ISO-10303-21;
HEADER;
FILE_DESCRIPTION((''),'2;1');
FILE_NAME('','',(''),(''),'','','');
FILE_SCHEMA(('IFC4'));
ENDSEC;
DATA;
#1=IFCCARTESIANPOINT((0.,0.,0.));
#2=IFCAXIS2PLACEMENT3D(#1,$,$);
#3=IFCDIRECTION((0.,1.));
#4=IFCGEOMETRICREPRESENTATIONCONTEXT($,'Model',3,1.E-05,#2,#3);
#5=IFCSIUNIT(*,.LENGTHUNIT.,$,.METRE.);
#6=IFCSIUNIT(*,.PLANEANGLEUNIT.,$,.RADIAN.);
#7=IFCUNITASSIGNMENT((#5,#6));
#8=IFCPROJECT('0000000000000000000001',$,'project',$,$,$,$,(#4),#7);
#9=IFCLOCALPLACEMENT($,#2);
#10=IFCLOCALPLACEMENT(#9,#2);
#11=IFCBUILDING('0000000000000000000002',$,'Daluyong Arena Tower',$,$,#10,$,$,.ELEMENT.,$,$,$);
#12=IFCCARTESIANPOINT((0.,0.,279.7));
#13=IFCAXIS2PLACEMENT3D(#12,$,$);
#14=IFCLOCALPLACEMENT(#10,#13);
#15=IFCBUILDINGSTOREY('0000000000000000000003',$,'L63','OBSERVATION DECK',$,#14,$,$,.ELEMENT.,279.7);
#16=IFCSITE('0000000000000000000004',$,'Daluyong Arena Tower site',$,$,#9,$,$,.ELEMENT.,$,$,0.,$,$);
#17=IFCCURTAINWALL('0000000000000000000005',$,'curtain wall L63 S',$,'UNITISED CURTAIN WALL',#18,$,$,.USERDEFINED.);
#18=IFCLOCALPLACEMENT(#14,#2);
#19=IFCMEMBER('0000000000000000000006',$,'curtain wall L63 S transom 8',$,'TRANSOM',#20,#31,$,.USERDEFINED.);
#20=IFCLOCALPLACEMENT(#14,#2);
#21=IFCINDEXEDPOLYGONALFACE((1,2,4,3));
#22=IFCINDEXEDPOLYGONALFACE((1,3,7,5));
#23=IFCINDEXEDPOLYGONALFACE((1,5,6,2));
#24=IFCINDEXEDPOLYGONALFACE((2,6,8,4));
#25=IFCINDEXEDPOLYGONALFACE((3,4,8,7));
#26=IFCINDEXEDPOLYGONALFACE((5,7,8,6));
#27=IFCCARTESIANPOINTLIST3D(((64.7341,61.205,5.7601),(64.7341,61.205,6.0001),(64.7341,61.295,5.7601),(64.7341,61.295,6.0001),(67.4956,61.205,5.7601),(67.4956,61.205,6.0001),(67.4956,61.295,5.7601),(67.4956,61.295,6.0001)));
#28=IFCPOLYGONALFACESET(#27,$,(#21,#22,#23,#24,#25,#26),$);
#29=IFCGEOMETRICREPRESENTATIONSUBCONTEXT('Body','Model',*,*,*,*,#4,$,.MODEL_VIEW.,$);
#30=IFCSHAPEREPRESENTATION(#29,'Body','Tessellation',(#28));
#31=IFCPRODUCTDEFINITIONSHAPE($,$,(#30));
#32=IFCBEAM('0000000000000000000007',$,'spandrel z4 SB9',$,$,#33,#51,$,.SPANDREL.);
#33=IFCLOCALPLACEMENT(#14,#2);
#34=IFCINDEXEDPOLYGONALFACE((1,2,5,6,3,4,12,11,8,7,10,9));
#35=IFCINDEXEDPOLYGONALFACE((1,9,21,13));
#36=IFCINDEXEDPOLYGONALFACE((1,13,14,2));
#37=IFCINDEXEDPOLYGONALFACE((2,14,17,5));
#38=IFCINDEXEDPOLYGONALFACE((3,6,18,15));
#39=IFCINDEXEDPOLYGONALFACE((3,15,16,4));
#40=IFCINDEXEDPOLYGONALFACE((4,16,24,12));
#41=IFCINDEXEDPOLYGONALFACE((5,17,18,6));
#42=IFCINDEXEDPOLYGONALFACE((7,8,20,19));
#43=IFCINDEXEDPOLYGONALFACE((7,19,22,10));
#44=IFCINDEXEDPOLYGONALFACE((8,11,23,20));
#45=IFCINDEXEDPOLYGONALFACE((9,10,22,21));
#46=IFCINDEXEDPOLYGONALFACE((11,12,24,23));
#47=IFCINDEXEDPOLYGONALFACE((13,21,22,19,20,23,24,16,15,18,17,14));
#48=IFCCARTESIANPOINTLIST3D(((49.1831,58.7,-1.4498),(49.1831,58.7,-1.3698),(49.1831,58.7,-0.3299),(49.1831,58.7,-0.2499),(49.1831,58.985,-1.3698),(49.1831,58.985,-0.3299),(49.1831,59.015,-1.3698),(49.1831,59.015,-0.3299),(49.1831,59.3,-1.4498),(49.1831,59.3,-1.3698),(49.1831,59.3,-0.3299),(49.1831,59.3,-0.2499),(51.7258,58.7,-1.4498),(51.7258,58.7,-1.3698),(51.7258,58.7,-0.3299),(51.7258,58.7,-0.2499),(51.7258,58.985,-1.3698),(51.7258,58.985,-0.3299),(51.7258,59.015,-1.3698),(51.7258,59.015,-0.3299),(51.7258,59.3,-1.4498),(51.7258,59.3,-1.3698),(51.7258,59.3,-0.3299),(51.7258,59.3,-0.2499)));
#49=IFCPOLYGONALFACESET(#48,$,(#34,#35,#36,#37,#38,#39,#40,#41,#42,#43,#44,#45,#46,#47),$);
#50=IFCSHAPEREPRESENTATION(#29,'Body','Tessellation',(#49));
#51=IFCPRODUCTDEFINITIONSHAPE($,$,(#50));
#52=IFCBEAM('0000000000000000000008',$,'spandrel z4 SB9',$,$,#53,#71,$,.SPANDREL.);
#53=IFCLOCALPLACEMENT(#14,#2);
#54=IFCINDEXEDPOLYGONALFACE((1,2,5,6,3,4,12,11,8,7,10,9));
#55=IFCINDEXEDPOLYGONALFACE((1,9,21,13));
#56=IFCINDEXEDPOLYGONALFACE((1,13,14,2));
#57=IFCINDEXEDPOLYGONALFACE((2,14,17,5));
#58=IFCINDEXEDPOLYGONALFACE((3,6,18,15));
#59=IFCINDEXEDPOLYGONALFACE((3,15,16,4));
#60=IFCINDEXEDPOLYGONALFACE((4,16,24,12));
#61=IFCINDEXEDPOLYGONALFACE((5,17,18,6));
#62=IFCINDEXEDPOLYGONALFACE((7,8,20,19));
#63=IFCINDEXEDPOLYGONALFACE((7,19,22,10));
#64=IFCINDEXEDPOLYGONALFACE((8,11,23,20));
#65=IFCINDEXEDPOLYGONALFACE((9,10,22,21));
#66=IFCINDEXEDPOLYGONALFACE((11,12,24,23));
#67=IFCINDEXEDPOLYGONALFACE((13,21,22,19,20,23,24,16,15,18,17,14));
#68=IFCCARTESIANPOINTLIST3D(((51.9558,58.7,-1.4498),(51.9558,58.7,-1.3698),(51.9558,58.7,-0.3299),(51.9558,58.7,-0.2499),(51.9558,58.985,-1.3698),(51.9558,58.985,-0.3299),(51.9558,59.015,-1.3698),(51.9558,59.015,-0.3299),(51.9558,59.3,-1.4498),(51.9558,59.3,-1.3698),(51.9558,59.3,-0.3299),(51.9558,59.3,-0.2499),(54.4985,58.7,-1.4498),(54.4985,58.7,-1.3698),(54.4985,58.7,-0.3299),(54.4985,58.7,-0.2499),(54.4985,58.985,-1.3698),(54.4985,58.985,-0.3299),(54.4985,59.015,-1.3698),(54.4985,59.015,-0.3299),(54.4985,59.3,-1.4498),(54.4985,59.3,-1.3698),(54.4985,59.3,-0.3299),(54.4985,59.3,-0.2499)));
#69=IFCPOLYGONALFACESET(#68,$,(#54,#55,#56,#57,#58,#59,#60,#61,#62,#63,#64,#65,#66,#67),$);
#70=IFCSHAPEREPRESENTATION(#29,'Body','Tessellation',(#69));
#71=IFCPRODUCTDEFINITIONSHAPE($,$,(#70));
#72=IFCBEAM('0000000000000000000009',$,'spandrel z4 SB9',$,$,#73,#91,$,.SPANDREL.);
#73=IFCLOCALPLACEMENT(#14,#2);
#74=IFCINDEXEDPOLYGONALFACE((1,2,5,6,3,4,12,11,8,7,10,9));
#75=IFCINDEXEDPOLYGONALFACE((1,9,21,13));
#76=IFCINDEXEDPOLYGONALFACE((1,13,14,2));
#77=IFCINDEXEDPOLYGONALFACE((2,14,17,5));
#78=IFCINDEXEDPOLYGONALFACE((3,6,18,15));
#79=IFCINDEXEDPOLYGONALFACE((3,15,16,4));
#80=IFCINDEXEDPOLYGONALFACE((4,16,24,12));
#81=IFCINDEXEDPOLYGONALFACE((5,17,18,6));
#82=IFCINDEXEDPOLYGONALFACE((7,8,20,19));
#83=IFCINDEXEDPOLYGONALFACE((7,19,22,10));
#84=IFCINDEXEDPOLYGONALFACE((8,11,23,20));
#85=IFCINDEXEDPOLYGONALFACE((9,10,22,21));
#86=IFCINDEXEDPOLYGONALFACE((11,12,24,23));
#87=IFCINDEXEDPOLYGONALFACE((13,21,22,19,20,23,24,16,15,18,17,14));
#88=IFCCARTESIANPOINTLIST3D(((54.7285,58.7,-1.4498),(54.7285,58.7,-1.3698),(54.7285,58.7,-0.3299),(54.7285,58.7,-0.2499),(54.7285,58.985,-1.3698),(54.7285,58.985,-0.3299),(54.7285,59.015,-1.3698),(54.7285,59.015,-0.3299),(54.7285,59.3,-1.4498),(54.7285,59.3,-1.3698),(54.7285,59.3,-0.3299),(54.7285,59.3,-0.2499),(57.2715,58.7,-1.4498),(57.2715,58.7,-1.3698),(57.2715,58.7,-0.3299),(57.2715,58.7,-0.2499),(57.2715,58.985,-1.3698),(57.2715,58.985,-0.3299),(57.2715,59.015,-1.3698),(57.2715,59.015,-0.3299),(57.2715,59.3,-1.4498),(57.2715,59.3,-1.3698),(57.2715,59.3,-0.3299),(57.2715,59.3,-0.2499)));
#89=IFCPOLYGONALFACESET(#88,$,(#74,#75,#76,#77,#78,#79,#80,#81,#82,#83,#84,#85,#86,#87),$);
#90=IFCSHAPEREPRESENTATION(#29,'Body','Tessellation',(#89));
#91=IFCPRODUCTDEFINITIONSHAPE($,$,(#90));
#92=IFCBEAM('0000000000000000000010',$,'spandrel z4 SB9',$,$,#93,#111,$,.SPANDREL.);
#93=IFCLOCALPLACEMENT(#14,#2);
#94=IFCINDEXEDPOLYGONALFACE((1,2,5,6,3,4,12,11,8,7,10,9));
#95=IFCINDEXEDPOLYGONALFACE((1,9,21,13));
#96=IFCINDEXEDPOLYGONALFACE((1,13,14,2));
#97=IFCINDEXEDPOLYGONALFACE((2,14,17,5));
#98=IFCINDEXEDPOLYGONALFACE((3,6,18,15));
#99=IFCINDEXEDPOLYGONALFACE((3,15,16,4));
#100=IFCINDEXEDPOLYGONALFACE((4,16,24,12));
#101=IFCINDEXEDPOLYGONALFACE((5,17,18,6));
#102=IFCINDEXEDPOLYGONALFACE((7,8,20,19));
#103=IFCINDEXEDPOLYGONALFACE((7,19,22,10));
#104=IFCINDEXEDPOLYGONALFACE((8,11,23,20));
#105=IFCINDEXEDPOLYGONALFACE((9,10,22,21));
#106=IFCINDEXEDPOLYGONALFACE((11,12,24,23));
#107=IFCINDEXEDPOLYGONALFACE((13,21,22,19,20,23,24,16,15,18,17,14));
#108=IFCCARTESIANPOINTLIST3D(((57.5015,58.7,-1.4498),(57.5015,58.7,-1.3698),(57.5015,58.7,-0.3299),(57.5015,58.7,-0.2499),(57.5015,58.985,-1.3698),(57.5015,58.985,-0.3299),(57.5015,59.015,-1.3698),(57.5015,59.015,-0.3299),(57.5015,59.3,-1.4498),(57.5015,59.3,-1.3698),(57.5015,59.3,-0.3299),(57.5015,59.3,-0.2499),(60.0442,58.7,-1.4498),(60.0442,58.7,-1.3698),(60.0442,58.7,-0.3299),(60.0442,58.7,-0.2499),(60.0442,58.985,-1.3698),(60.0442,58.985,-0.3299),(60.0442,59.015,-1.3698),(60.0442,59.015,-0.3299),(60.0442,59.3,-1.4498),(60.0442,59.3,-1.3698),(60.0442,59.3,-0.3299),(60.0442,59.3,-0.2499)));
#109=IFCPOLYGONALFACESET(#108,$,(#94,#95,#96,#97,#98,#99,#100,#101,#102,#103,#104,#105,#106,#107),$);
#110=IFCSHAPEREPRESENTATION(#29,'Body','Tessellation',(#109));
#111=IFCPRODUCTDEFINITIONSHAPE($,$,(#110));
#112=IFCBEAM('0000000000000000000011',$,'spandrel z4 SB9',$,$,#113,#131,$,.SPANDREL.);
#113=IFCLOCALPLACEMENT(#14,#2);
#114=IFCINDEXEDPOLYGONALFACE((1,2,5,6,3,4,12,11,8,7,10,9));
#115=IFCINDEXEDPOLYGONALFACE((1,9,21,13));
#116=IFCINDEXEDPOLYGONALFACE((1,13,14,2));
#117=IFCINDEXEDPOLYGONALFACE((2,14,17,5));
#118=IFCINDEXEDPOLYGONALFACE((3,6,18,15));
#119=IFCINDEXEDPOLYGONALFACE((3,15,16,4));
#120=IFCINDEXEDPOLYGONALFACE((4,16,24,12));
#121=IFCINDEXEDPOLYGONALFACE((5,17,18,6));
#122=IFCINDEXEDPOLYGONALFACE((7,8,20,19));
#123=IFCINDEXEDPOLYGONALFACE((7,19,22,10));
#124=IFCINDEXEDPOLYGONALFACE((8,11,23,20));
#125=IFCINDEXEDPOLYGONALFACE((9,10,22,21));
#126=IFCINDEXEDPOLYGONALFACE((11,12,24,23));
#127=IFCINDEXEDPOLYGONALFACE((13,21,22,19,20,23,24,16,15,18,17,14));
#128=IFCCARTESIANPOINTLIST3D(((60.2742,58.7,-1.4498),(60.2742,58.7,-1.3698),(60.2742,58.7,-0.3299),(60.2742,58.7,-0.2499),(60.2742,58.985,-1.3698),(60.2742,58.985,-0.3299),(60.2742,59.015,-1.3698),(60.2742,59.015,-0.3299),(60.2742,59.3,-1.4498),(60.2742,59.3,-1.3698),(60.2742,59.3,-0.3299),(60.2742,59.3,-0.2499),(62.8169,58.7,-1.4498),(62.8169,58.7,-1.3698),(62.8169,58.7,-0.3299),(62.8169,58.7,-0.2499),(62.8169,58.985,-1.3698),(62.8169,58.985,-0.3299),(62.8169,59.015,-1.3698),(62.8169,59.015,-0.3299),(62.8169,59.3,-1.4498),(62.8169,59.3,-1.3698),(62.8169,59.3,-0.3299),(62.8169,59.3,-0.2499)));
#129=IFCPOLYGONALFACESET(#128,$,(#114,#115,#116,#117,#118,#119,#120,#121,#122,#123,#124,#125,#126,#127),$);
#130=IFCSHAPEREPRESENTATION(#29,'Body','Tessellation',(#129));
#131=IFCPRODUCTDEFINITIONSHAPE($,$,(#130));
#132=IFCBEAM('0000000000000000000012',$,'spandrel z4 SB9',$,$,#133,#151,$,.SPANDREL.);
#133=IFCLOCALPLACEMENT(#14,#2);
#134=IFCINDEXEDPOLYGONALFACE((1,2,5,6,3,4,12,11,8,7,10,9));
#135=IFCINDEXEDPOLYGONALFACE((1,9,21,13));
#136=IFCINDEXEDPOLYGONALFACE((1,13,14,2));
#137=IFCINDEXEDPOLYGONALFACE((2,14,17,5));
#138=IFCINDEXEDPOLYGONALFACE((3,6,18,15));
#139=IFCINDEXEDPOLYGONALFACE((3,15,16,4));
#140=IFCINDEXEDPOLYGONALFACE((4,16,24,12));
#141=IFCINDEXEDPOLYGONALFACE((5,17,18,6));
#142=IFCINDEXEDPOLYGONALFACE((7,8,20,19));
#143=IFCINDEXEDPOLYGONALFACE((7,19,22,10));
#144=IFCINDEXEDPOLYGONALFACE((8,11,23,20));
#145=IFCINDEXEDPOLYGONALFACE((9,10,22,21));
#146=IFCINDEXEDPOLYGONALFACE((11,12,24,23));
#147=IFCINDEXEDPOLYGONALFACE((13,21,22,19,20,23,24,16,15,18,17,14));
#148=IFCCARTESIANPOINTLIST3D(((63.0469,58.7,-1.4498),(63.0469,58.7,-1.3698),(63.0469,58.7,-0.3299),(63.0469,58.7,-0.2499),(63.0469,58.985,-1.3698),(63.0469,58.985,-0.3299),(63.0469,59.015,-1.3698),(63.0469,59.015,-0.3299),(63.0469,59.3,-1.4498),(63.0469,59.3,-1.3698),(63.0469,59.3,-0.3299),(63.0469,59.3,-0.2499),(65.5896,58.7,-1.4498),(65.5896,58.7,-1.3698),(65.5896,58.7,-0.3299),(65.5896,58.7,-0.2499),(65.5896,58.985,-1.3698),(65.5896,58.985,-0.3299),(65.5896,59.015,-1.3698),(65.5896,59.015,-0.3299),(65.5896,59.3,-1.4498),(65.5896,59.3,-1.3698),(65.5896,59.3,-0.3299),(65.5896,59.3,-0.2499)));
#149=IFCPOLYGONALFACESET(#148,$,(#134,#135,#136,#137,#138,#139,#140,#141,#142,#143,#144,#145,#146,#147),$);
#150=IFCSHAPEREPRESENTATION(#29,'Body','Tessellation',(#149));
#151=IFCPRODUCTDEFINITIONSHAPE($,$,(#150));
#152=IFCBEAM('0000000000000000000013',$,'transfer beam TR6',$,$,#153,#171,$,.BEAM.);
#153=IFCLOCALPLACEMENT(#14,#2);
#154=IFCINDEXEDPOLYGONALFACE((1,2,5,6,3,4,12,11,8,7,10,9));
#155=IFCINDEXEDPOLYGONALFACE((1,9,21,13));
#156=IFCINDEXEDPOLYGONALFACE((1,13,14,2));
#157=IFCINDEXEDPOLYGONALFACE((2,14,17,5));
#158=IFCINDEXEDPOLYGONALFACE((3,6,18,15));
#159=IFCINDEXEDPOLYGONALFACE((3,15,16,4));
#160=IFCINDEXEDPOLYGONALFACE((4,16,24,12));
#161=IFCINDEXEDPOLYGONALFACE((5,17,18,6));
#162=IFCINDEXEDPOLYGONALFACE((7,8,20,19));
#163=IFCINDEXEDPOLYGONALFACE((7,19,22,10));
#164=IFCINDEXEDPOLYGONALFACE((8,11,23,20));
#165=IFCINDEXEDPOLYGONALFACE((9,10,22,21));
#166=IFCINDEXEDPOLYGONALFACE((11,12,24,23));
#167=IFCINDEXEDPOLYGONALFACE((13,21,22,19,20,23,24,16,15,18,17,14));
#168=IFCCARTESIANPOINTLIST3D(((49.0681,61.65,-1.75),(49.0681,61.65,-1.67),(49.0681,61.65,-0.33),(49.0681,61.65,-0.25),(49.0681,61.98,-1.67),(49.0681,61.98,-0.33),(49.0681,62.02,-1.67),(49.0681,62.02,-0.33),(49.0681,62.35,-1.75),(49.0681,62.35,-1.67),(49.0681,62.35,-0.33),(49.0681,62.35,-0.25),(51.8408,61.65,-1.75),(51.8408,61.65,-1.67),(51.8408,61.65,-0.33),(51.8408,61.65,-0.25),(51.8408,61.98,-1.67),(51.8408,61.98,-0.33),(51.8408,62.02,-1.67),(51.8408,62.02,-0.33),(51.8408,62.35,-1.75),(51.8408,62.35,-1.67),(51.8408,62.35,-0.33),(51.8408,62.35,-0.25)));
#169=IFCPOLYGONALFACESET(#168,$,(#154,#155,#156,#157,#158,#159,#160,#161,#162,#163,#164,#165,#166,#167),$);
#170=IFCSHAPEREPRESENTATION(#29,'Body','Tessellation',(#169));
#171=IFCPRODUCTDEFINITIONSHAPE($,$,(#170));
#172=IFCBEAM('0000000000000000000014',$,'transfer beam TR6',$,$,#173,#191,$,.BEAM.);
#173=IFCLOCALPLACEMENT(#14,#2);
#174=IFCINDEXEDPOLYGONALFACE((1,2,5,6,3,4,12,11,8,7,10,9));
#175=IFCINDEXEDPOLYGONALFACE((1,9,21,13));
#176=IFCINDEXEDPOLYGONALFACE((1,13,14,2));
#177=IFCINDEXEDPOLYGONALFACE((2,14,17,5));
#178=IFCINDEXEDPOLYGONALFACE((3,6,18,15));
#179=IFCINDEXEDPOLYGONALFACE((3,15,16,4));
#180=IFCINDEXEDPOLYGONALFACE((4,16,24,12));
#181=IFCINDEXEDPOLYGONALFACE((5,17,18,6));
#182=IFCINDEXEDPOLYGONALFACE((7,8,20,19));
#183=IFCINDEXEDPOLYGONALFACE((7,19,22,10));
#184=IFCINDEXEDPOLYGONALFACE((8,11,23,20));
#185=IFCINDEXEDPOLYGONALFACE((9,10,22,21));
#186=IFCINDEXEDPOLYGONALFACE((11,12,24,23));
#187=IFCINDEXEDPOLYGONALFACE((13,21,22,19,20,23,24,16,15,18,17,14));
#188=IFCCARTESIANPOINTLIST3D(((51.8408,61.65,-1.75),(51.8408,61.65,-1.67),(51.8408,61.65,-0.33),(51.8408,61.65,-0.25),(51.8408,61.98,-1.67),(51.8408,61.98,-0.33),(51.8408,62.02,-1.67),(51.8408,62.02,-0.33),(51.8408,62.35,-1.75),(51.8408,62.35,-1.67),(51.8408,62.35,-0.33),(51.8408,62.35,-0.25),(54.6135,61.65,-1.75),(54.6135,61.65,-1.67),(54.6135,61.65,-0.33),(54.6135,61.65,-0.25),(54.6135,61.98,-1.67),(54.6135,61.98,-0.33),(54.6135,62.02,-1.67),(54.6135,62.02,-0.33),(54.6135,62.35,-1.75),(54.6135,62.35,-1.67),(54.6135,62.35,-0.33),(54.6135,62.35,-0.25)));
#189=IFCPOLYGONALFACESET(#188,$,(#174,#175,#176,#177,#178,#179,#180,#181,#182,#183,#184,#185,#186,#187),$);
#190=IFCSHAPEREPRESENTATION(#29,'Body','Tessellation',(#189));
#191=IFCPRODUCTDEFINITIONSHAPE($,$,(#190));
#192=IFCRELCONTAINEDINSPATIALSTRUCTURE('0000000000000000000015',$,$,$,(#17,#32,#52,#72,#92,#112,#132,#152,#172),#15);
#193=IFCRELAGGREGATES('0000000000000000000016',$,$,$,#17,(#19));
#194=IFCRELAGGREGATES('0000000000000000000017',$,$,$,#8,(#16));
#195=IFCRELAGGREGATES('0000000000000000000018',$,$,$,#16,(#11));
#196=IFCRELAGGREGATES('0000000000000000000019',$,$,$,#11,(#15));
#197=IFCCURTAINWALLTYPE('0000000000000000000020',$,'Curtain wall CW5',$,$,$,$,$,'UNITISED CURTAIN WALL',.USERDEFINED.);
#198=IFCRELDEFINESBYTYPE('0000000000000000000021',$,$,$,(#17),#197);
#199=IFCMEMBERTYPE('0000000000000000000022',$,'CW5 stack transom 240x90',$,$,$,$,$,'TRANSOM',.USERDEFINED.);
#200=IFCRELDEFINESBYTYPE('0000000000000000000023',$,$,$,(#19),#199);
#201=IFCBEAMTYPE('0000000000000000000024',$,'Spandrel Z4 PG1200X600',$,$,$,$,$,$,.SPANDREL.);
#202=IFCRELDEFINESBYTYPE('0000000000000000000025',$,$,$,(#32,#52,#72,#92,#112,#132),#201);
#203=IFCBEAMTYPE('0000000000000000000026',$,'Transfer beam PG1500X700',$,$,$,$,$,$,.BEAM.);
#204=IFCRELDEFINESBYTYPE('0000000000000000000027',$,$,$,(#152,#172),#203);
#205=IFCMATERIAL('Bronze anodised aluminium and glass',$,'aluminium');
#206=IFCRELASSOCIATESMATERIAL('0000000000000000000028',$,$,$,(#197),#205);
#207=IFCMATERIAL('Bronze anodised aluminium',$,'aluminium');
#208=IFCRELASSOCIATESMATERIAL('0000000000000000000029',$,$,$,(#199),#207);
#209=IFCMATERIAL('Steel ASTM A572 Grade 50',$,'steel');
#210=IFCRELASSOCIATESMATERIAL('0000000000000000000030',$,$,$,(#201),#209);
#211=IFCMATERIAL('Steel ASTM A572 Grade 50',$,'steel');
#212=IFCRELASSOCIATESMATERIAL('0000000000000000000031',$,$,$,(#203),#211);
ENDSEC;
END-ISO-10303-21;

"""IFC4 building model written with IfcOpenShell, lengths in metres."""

from ifc_helpers import new_model, si_unit, direction, frame, origin, origin_2d, place, context, subcontext, project, spatial, rectangle, i_section, extrude, material, material_profile, profile_set, type_object, element, aggregate, save


model = new_model("IFC4")

# Units and contexts
model_context = context("Model", 3, precision=1e-05, world=origin(), true_north=direction((0.0, 1.0)))
body_context = subcontext(model_context, "Body", "Model", "MODEL_VIEW")
ifc_project = project(units=[si_unit("LENGTHUNIT", "METRE"), si_unit("PLANEANGLEUNIT", "RADIAN")], contexts=[model_context])

# Site, building, storey
site_placement = place(None, origin())
site = spatial("IfcSite", under=ifc_project, at=site_placement, Name="Daluyong Arena Tower site", CompositionType="ELEMENT", RefElevation=0.0)
building_placement = place(site_placement, origin())
building = spatial("IfcBuilding", under=site, at=building_placement, Name="Daluyong Arena Tower", CompositionType="ELEMENT")
storey_placement = place(building_placement, frame((0.0, 0.0, 279.7)))
storey = spatial("IfcBuildingStorey", under=building, at=storey_placement, Name="L63", Description="OBSERVATION DECK", CompositionType="ELEMENT", Elevation=279.7)

# Curtain wall, member
ifc_material_1 = material(Name="Bronze anodised aluminium and glass", Category="aluminium")
curtain_wall_type = type_object("IfcCurtainWallType", Name="Curtain wall CW5", ElementType="UNITISED CURTAIN WALL", PredefinedType="USERDEFINED", material=ifc_material_1)
curtain_wall_placement = place(storey_placement, origin())
curtain_wall = element("IfcCurtainWall", 1, at=curtain_wall_placement, inside=storey, type_object=curtain_wall_type, Name="curtain wall L63 S", ObjectType="UNITISED CURTAIN WALL", PredefinedType="USERDEFINED")
ifc_material_2 = material(Name="Bronze anodised aluminium", Category="aluminium")
ifc_material_profile_1 = material_profile(ifc_material_2, rectangle(XDim=0.0901, YDim=0.24, at=origin_2d()))
ifc_profile_set_1 = profile_set([ifc_material_profile_1], Name="Bronze anodised aluminium")
member_type_1 = type_object("IfcMemberType", Name="CW5 stack transom 240x90", ElementType="TRANSOM", PredefinedType="USERDEFINED", material=ifc_profile_set_1)
member_1_placement = place(storey_placement, frame((64.7341, 61.25, 5.8801), z_axis=(1.0, 0.0, 0.0), x_axis=(0.0, 1.0, 0.0)))
member_1 = element("IfcMember", 2, at=member_1_placement, type_object=member_type_1, Name="curtain wall L63 S transom 8", ObjectType="TRANSOM", PredefinedType="USERDEFINED", context=body_context, shape_type="SweptSolid", body=[
    extrude(rectangle(XDim=0.0901, YDim=0.24, at=origin_2d()), origin(), (0.0, 0.0, 1.0), 2.7615),
])

# Beams
ifc_material_3 = material(Name="Steel ASTM A572 Grade 50", Category="steel")
ifc_material_profile_2 = material_profile(ifc_material_3, i_section(OverallWidth=0.6001, OverallDepth=1.2, WebThickness=0.03, FlangeThickness=0.08, at=origin_2d()))
ifc_profile_set_2 = profile_set([ifc_material_profile_2], Name="Steel ASTM A572 Grade 50")
beam_type_1 = type_object("IfcBeamType", Name="Spandrel Z4 PG1200X600", PredefinedType="SPANDREL", material=ifc_profile_set_2)
for number, where, z_axis, x_axis, name in (
    (3, (49.1831, 59.0, -0.8499), (1.0, 0.0, 0.0), (0.0, 1.0, 0.0), "spandrel z4 SB9"),
    (4, (51.9558, 59.0, -0.8499), (1.0, 0.0, 0.0), (0.0, 1.0, 0.0), "spandrel z4 SB9"),
):
    element("IfcBeam", number, at=place(storey_placement, frame(where, z_axis=z_axis, x_axis=x_axis)), inside=storey, type_object=beam_type_1, Name=name, PredefinedType="SPANDREL", context=body_context, shape_type="SweptSolid", body=[
        extrude(i_section(OverallWidth=0.6001, OverallDepth=1.2, WebThickness=0.03, FlangeThickness=0.08, at=origin_2d()), origin(), (0.0, 0.0, 1.0), 2.5427),
    ])
beam_1_placement = place(storey_placement, frame((54.7285, 59.0, -0.8499), z_axis=(1.0, 0.0, 0.0), x_axis=(0.0, 1.0, 0.0)))
element("IfcBeam", 5, at=beam_1_placement, inside=storey, type_object=beam_type_1, Name="spandrel z4 SB9", PredefinedType="SPANDREL", context=body_context, shape_type="SweptSolid", body=[
    extrude(i_section(OverallWidth=0.6001, OverallDepth=1.2, WebThickness=0.03, FlangeThickness=0.08, at=origin_2d()), origin(), (0.0, 0.0, 1.0), 2.543),
])
for number, where, z_axis, x_axis, name in (
    (6, (57.5015, 59.0, -0.8499), (1.0, 0.0, 0.0), (0.0, 1.0, 0.0), "spandrel z4 SB9"),
    (7, (60.2742, 59.0, -0.8499), (1.0, 0.0, 0.0), (0.0, 1.0, 0.0), "spandrel z4 SB9"),
    (8, (63.0469, 59.0, -0.8499), (1.0, 0.0, 0.0), (0.0, 1.0, 0.0), "spandrel z4 SB9"),
):
    element("IfcBeam", number, at=place(storey_placement, frame(where, z_axis=z_axis, x_axis=x_axis)), inside=storey, type_object=beam_type_1, Name=name, PredefinedType="SPANDREL", context=body_context, shape_type="SweptSolid", body=[
        extrude(i_section(OverallWidth=0.6001, OverallDepth=1.2, WebThickness=0.03, FlangeThickness=0.08, at=origin_2d()), origin(), (0.0, 0.0, 1.0), 2.5427),
    ])
ifc_material_4 = material(Name="Steel ASTM A572 Grade 50", Category="steel")
ifc_material_profile_3 = material_profile(ifc_material_4, i_section(OverallWidth=0.7, OverallDepth=1.5, WebThickness=0.04, FlangeThickness=0.08, at=origin_2d()))
ifc_profile_set_3 = profile_set([ifc_material_profile_3], Name="Steel ASTM A572 Grade 50")
beam_type_2 = type_object("IfcBeamType", Name="Transfer beam PG1500X700", PredefinedType="BEAM", material=ifc_profile_set_3)
for number, where, z_axis, x_axis, name in (
    (9, (49.0681, 62.0, -1.0), (1.0, 0.0, 0.0), (0.0, 1.0, 0.0), "transfer beam TR6"),
    (10, (51.8408, 62.0, -1.0), (1.0, 0.0, 0.0), (0.0, 1.0, 0.0), "transfer beam TR6"),
):
    element("IfcBeam", number, at=place(storey_placement, frame(where, z_axis=z_axis, x_axis=x_axis)), inside=storey, type_object=beam_type_2, Name=name, PredefinedType="BEAM", context=body_context, shape_type="SweptSolid", body=[
        extrude(i_section(OverallWidth=0.7, OverallDepth=1.5, WebThickness=0.04, FlangeThickness=0.08, at=origin_2d()), origin(), (0.0, 0.0, 1.0), 2.7727),
    ])

aggregate(curtain_wall, [member_1])

save(model, "model.ifc")
